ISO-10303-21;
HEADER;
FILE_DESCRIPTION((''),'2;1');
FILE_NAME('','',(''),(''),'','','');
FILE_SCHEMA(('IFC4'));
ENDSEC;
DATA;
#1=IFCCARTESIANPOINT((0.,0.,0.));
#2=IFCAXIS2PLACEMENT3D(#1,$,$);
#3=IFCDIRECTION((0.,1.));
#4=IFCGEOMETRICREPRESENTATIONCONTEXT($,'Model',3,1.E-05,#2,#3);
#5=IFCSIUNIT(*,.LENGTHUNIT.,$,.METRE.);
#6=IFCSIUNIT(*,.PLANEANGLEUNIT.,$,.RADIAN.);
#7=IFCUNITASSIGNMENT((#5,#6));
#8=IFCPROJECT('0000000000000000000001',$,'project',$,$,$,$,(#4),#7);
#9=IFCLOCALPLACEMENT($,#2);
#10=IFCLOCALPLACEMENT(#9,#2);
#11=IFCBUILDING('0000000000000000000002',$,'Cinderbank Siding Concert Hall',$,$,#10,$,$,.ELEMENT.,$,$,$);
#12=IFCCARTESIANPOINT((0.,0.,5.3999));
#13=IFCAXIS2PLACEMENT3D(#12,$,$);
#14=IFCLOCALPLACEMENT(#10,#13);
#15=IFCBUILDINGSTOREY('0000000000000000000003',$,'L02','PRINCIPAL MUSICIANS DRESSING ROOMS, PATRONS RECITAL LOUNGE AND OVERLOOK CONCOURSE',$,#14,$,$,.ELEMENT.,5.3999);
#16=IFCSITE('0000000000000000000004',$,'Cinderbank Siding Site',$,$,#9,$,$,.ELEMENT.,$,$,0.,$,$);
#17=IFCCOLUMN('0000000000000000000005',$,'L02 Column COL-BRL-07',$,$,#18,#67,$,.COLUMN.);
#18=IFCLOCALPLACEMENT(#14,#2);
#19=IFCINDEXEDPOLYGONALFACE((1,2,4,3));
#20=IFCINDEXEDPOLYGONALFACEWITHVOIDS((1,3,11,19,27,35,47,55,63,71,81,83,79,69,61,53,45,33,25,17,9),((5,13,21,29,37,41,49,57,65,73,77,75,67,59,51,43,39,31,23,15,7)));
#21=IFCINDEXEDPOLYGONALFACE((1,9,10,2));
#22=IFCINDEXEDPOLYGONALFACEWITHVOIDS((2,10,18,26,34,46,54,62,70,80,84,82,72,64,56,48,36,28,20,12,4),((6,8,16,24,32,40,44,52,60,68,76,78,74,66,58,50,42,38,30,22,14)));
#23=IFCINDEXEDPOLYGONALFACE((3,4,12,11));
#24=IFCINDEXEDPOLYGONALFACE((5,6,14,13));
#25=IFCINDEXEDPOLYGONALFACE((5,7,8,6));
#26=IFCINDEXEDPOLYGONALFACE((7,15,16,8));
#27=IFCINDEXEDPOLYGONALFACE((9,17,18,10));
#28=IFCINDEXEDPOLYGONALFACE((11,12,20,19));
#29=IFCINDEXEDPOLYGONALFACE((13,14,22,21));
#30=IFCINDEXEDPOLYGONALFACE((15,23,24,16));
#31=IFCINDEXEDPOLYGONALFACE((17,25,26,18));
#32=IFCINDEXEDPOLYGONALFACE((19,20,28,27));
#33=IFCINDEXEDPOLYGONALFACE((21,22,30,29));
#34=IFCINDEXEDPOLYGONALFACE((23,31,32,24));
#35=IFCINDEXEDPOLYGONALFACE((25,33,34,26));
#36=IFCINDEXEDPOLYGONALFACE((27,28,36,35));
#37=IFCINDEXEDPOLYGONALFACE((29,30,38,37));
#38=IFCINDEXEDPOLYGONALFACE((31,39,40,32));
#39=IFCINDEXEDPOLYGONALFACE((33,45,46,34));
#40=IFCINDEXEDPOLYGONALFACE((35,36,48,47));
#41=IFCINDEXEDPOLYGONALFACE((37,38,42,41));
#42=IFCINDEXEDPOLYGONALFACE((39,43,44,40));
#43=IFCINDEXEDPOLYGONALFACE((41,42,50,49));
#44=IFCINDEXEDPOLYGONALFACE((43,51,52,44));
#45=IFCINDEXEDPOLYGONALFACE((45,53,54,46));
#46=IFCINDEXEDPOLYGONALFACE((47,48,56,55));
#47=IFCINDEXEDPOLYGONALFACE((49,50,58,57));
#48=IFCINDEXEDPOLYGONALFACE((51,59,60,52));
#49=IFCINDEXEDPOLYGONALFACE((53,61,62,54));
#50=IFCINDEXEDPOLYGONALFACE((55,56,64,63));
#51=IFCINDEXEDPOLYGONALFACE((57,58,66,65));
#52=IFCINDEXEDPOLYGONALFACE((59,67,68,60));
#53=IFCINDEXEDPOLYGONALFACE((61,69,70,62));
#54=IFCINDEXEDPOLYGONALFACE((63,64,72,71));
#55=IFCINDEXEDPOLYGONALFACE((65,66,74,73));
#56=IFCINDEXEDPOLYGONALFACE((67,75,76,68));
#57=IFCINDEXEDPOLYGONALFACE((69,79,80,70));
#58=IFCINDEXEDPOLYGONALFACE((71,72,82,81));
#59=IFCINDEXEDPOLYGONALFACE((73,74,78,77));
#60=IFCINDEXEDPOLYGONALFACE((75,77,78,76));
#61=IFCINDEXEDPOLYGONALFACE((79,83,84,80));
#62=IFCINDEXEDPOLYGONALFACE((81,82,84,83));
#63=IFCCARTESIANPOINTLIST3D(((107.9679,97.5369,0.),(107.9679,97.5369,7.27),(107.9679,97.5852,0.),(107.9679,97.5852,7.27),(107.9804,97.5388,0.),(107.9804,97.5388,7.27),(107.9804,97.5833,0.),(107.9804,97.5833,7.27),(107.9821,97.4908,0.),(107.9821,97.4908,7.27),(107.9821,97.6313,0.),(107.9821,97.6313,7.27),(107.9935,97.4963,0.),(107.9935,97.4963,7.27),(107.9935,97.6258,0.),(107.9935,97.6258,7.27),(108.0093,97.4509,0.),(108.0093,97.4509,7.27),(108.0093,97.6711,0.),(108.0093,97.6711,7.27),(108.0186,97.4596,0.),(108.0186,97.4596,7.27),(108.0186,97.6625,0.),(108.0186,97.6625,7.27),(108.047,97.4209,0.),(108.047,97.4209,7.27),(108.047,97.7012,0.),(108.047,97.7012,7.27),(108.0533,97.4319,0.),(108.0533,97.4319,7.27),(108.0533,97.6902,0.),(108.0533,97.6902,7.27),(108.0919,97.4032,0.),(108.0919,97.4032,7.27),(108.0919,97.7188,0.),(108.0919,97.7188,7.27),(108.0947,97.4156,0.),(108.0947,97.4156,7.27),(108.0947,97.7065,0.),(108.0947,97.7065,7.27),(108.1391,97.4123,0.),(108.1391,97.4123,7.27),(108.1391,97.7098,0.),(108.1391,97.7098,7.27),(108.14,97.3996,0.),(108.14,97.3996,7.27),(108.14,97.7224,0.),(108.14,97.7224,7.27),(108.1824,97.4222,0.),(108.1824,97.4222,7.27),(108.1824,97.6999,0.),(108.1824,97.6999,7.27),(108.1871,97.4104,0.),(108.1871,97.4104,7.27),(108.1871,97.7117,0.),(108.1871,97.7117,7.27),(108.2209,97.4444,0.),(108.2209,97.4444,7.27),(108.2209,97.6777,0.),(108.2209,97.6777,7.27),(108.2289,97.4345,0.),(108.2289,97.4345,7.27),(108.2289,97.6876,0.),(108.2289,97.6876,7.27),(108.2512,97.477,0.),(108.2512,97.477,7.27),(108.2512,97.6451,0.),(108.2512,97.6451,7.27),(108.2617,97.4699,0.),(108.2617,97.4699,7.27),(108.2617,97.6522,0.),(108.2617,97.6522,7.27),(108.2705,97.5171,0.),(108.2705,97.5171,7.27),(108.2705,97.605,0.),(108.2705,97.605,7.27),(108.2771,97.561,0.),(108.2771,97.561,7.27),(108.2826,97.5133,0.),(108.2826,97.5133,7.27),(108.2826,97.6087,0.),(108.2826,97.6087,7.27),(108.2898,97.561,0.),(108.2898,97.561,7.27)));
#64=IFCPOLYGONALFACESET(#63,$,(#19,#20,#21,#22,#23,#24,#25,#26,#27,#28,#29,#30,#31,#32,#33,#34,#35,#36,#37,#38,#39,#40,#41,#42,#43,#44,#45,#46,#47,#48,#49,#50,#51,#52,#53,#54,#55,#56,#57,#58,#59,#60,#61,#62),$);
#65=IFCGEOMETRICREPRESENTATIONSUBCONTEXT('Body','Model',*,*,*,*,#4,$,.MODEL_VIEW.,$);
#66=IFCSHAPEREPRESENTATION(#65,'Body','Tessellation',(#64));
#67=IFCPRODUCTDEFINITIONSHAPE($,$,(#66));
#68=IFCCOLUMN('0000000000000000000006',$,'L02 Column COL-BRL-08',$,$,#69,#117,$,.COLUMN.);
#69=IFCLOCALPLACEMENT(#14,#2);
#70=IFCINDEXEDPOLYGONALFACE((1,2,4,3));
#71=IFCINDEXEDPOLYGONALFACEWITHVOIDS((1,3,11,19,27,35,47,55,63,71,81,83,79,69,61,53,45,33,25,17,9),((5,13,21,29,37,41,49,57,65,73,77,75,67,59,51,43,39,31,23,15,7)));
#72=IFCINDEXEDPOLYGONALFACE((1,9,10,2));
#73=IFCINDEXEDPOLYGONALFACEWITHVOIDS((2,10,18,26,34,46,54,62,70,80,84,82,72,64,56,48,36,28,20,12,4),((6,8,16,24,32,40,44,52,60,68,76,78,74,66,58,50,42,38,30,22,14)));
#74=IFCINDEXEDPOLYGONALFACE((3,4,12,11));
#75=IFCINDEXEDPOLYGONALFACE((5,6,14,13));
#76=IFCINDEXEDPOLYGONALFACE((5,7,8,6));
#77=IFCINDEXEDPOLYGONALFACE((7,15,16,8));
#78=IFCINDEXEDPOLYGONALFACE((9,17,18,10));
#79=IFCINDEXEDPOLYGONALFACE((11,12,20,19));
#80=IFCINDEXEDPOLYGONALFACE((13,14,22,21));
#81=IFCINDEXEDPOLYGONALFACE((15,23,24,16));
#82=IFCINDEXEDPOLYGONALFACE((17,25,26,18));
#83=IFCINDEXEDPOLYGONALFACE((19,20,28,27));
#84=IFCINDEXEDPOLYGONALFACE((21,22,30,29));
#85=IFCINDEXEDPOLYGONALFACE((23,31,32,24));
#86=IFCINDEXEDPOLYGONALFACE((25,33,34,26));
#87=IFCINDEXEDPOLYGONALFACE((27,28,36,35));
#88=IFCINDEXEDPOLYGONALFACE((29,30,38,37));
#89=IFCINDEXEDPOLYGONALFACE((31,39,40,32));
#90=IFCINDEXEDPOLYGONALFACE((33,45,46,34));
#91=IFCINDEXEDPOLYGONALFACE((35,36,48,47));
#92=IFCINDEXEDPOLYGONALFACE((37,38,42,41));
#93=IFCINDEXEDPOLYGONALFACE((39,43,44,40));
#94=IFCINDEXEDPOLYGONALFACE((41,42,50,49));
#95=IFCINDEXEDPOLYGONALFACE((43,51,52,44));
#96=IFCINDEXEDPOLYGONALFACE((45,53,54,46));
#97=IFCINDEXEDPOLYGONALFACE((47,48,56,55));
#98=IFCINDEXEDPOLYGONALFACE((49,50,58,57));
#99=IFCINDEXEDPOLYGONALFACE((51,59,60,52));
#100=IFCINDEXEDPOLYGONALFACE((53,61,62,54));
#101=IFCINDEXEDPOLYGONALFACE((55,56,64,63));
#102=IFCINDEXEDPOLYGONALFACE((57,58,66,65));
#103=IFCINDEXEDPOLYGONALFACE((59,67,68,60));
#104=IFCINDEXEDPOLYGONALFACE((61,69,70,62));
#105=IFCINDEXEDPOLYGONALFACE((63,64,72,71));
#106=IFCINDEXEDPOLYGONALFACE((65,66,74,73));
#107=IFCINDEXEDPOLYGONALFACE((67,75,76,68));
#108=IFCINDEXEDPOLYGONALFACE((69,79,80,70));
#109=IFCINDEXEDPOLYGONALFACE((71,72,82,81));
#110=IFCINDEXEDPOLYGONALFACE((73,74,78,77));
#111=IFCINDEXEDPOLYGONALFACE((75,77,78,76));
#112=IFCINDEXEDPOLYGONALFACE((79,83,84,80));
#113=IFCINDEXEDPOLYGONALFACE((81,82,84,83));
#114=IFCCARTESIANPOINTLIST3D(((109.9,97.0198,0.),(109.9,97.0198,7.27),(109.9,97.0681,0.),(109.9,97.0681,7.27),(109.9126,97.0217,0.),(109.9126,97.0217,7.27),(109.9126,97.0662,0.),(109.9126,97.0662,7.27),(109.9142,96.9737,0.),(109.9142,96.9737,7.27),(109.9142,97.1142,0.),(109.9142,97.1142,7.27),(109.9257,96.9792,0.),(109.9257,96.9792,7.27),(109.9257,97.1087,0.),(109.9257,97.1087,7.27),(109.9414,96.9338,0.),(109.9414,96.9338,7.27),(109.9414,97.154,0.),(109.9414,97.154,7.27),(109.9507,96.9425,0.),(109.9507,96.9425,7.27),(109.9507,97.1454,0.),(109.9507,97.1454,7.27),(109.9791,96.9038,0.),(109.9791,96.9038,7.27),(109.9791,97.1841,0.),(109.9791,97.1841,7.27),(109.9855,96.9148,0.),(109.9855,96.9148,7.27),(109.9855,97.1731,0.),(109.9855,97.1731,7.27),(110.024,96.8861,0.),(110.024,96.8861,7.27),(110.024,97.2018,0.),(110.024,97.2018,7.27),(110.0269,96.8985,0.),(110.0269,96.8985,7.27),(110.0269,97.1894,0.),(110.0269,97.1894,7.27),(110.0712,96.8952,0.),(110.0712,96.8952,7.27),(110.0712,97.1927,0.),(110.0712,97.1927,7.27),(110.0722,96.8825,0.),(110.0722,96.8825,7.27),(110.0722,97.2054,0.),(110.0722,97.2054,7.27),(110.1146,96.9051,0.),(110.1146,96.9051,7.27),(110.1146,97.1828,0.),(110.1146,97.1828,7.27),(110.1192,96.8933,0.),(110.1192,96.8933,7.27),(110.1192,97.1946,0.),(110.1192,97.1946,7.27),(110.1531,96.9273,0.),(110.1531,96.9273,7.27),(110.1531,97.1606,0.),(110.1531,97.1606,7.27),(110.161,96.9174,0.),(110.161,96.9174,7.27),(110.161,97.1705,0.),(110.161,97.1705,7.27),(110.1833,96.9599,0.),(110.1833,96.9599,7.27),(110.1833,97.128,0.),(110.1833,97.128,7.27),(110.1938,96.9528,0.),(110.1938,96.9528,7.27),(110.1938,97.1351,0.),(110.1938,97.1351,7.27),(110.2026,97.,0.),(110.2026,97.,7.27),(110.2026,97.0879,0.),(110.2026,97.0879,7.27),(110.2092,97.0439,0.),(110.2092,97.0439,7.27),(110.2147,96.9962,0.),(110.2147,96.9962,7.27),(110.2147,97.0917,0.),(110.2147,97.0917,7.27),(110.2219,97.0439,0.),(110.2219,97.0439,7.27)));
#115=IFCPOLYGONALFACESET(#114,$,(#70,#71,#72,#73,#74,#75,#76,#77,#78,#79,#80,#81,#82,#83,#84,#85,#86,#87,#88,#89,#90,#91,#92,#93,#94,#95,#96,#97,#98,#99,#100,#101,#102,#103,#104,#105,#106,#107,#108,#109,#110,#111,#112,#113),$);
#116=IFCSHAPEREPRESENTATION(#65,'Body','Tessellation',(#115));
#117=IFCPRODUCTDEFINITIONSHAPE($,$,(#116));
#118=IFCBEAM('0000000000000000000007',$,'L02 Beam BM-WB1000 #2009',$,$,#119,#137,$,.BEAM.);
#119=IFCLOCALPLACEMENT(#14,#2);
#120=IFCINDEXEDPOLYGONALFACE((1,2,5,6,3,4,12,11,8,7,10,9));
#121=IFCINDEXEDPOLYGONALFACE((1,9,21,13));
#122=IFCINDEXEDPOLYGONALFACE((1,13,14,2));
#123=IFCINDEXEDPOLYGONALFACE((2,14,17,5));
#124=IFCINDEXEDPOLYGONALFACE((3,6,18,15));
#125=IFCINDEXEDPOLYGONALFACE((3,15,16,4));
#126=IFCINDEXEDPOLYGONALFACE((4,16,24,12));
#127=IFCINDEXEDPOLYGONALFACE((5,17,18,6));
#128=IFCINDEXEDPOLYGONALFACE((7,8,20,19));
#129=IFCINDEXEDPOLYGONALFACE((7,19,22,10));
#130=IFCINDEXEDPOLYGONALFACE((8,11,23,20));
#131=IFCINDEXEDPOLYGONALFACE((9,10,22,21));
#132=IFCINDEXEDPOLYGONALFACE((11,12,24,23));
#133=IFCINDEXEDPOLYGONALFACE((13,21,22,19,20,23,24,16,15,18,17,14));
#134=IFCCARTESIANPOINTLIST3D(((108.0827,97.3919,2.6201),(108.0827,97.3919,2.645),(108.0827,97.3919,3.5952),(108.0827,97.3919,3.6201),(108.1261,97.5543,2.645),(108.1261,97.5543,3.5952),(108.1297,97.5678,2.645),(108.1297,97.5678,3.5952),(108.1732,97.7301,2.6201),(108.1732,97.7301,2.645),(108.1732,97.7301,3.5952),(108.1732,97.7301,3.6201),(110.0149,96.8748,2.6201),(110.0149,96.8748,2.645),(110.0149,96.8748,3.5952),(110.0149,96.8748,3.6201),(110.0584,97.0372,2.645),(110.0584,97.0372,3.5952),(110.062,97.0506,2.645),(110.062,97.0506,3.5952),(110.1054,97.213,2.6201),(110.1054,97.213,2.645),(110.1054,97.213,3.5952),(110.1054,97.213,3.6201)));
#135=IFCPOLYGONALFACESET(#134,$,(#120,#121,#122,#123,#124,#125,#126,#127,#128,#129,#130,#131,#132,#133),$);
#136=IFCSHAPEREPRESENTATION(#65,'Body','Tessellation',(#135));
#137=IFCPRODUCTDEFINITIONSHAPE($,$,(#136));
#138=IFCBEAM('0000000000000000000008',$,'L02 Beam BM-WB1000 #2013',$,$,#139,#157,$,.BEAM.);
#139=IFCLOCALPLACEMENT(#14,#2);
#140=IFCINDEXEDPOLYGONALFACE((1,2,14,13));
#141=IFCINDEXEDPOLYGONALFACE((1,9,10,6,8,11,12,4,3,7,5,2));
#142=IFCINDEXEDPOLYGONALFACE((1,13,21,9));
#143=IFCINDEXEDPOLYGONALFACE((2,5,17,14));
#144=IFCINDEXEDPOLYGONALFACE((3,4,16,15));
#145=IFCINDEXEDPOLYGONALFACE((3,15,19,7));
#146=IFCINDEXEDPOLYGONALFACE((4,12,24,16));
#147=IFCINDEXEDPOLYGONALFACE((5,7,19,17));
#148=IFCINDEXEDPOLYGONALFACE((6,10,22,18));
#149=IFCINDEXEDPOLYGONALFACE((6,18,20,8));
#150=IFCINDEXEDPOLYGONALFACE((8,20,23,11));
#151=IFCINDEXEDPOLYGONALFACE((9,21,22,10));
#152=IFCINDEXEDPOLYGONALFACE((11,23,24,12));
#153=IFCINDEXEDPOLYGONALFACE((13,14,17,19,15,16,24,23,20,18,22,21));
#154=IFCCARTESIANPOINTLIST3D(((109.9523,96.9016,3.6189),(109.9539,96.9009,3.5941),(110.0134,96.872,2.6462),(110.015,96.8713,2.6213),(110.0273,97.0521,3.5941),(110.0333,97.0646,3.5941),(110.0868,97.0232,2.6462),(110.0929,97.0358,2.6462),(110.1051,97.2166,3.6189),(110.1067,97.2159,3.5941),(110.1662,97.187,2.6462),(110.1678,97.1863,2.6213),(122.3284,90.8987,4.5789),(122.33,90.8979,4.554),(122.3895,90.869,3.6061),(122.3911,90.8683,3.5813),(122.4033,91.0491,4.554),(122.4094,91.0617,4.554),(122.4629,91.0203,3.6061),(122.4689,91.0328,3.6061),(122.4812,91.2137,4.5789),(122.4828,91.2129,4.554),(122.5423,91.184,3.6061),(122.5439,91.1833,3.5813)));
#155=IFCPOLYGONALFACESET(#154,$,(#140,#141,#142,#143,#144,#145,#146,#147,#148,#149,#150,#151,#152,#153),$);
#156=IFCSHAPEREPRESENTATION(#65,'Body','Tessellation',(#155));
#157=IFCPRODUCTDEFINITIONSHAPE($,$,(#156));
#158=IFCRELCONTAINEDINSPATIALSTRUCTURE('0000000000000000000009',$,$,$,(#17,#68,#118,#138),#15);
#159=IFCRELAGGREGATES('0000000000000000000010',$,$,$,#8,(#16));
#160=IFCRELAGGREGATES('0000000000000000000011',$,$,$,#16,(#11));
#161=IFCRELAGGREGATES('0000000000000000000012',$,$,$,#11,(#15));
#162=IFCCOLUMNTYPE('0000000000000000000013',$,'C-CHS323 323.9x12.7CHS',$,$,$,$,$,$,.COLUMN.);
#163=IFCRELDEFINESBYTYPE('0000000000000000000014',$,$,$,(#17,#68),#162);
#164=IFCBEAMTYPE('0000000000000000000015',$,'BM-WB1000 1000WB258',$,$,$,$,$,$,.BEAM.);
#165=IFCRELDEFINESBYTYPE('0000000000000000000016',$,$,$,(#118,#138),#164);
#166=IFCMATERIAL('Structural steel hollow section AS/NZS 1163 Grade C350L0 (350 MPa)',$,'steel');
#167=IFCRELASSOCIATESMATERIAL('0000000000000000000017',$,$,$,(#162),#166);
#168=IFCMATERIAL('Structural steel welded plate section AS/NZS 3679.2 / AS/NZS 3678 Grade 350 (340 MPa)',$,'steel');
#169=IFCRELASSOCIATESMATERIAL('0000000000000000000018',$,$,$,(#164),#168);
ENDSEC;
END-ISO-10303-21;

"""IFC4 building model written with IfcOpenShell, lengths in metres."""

from ifc_helpers import new_model, si_unit, direction, frame, origin, origin_2d, place, context, subcontext, project, spatial, hollow_circle, i_section, extrude, material, material_profile, profile_set, type_object, element, save


model = new_model("IFC4")

# Units and contexts
model_context = context("Model", 3, precision=1e-05, world=origin(), true_north=direction((0.0, 1.0)))
body_context = subcontext(model_context, "Body", "Model", "MODEL_VIEW")
ifc_project = project(units=[si_unit("LENGTHUNIT", "METRE"), si_unit("PLANEANGLEUNIT", "RADIAN")], contexts=[model_context])

# Site, building, storey
site_placement = place(None, origin())
site = spatial("IfcSite", under=ifc_project, at=site_placement, Name="Cinderbank Siding Site", CompositionType="ELEMENT", RefElevation=0.0)
building_placement = place(site_placement, origin())
building = spatial("IfcBuilding", under=site, at=building_placement, Name="Cinderbank Siding Concert Hall", CompositionType="ELEMENT")
storey_placement = place(building_placement, frame((0.0, 0.0, 5.3999)))
storey = spatial("IfcBuildingStorey", under=building, at=storey_placement, Name="L02", Description="PRINCIPAL MUSICIANS DRESSING ROOMS, PATRONS RECITAL LOUNGE AND OVERLOOK CONCOURSE", CompositionType="ELEMENT", Elevation=5.3999)

# Columns
ifc_material_1 = material(Name="Structural steel hollow section AS/NZS 1163 Grade C350L0 (350 MPa)", Category="steel")
ifc_material_profile_1 = material_profile(ifc_material_1, hollow_circle(Radius=0.1619, WallThickness=0.0127, at=origin_2d()), Name="323.9x12.7CHS", Category="LoadBearing")
ifc_profile_set_1 = profile_set([ifc_material_profile_1], Name="Structural steel hollow section AS/NZS 1163 Grade C350L0 (350 MPa)")
column_type = type_object("IfcColumnType", Name="C-CHS323 323.9x12.7CHS", PredefinedType="COLUMN", material=ifc_profile_set_1)
for number, where, z_axis, x_axis, name in (
    (1, (108.1279, 97.561, 0.0), (0.0, 0.0, 1.0), (1.0, 0.0, 0.0), "L02 Column COL-BRL-07"),
    (2, (110.0601, 97.0439, 0.0), (0.0, 0.0, 1.0), (1.0, 0.0, 0.0), "L02 Column COL-BRL-08"),
):
    element("IfcColumn", number, at=place(storey_placement, frame(where, z_axis=z_axis, x_axis=x_axis)), inside=storey, type_object=column_type, Name=name, PredefinedType="COLUMN", context=body_context, shape_type="SweptSolid", body=[
        extrude(hollow_circle(Radius=0.1619, WallThickness=0.0127, at=origin_2d()), origin(), (0.0, 0.0, 1.0), 7.27),
    ])

# Beams
ifc_material_2 = material(Name="Structural steel welded plate section AS/NZS 3679.2 / AS/NZS 3678 Grade 350 (340 MPa)", Category="steel")
ifc_material_profile_2 = material_profile(ifc_material_2, i_section(OverallWidth=0.3501, OverallDepth=1.0, WebThickness=0.0139, FlangeThickness=0.0249, at=origin_2d()), Name="1000WB258", Category="LoadBearing")
ifc_profile_set_2 = profile_set([ifc_material_profile_2], Name="Structural steel welded plate section AS/NZS 3679.2 / AS/NZS 3678 Grade 350 (340 MPa)")
beam_type = type_object("IfcBeamType", Name="BM-WB1000 1000WB258", PredefinedType="BEAM", material=ifc_profile_set_2)
beam_1_placement = place(storey_placement, frame((108.1279, 97.561, 3.1201), z_axis=(0.966004, -0.258529, 0.0), x_axis=(0.258529, 0.966004, 0.0)))
element("IfcBeam", 3, at=beam_1_placement, inside=storey, type_object=beam_type, Name="L02 Beam BM-WB1000 #2009", PredefinedType="BEAM", context=body_context, shape_type="SweptSolid", body=[
    extrude(i_section(OverallWidth=0.3501, OverallDepth=1.0, WebThickness=0.0139, FlangeThickness=0.0249, at=origin_2d()), origin(), (0.0, 0.0, 1.0), 2.0002),
])
beam_2_placement = place(storey_placement, frame((110.0601, 97.0439, 3.1201), z_axis=(0.897561, -0.435359, 0.069621), x_axis=(0.436418, 0.899744, 0.0)))
element("IfcBeam", 4, at=beam_2_placement, inside=storey, type_object=beam_type, Name="L02 Beam BM-WB1000 #2013", PredefinedType="BEAM", context=body_context, shape_type="SweptSolid", body=[
    extrude(i_section(OverallWidth=0.3501, OverallDepth=1.0, WebThickness=0.0139, FlangeThickness=0.0249, at=origin_2d()), origin(), (0.0, 0.0, 1.0), 13.7886),
])

save(model, "model.ifc")
